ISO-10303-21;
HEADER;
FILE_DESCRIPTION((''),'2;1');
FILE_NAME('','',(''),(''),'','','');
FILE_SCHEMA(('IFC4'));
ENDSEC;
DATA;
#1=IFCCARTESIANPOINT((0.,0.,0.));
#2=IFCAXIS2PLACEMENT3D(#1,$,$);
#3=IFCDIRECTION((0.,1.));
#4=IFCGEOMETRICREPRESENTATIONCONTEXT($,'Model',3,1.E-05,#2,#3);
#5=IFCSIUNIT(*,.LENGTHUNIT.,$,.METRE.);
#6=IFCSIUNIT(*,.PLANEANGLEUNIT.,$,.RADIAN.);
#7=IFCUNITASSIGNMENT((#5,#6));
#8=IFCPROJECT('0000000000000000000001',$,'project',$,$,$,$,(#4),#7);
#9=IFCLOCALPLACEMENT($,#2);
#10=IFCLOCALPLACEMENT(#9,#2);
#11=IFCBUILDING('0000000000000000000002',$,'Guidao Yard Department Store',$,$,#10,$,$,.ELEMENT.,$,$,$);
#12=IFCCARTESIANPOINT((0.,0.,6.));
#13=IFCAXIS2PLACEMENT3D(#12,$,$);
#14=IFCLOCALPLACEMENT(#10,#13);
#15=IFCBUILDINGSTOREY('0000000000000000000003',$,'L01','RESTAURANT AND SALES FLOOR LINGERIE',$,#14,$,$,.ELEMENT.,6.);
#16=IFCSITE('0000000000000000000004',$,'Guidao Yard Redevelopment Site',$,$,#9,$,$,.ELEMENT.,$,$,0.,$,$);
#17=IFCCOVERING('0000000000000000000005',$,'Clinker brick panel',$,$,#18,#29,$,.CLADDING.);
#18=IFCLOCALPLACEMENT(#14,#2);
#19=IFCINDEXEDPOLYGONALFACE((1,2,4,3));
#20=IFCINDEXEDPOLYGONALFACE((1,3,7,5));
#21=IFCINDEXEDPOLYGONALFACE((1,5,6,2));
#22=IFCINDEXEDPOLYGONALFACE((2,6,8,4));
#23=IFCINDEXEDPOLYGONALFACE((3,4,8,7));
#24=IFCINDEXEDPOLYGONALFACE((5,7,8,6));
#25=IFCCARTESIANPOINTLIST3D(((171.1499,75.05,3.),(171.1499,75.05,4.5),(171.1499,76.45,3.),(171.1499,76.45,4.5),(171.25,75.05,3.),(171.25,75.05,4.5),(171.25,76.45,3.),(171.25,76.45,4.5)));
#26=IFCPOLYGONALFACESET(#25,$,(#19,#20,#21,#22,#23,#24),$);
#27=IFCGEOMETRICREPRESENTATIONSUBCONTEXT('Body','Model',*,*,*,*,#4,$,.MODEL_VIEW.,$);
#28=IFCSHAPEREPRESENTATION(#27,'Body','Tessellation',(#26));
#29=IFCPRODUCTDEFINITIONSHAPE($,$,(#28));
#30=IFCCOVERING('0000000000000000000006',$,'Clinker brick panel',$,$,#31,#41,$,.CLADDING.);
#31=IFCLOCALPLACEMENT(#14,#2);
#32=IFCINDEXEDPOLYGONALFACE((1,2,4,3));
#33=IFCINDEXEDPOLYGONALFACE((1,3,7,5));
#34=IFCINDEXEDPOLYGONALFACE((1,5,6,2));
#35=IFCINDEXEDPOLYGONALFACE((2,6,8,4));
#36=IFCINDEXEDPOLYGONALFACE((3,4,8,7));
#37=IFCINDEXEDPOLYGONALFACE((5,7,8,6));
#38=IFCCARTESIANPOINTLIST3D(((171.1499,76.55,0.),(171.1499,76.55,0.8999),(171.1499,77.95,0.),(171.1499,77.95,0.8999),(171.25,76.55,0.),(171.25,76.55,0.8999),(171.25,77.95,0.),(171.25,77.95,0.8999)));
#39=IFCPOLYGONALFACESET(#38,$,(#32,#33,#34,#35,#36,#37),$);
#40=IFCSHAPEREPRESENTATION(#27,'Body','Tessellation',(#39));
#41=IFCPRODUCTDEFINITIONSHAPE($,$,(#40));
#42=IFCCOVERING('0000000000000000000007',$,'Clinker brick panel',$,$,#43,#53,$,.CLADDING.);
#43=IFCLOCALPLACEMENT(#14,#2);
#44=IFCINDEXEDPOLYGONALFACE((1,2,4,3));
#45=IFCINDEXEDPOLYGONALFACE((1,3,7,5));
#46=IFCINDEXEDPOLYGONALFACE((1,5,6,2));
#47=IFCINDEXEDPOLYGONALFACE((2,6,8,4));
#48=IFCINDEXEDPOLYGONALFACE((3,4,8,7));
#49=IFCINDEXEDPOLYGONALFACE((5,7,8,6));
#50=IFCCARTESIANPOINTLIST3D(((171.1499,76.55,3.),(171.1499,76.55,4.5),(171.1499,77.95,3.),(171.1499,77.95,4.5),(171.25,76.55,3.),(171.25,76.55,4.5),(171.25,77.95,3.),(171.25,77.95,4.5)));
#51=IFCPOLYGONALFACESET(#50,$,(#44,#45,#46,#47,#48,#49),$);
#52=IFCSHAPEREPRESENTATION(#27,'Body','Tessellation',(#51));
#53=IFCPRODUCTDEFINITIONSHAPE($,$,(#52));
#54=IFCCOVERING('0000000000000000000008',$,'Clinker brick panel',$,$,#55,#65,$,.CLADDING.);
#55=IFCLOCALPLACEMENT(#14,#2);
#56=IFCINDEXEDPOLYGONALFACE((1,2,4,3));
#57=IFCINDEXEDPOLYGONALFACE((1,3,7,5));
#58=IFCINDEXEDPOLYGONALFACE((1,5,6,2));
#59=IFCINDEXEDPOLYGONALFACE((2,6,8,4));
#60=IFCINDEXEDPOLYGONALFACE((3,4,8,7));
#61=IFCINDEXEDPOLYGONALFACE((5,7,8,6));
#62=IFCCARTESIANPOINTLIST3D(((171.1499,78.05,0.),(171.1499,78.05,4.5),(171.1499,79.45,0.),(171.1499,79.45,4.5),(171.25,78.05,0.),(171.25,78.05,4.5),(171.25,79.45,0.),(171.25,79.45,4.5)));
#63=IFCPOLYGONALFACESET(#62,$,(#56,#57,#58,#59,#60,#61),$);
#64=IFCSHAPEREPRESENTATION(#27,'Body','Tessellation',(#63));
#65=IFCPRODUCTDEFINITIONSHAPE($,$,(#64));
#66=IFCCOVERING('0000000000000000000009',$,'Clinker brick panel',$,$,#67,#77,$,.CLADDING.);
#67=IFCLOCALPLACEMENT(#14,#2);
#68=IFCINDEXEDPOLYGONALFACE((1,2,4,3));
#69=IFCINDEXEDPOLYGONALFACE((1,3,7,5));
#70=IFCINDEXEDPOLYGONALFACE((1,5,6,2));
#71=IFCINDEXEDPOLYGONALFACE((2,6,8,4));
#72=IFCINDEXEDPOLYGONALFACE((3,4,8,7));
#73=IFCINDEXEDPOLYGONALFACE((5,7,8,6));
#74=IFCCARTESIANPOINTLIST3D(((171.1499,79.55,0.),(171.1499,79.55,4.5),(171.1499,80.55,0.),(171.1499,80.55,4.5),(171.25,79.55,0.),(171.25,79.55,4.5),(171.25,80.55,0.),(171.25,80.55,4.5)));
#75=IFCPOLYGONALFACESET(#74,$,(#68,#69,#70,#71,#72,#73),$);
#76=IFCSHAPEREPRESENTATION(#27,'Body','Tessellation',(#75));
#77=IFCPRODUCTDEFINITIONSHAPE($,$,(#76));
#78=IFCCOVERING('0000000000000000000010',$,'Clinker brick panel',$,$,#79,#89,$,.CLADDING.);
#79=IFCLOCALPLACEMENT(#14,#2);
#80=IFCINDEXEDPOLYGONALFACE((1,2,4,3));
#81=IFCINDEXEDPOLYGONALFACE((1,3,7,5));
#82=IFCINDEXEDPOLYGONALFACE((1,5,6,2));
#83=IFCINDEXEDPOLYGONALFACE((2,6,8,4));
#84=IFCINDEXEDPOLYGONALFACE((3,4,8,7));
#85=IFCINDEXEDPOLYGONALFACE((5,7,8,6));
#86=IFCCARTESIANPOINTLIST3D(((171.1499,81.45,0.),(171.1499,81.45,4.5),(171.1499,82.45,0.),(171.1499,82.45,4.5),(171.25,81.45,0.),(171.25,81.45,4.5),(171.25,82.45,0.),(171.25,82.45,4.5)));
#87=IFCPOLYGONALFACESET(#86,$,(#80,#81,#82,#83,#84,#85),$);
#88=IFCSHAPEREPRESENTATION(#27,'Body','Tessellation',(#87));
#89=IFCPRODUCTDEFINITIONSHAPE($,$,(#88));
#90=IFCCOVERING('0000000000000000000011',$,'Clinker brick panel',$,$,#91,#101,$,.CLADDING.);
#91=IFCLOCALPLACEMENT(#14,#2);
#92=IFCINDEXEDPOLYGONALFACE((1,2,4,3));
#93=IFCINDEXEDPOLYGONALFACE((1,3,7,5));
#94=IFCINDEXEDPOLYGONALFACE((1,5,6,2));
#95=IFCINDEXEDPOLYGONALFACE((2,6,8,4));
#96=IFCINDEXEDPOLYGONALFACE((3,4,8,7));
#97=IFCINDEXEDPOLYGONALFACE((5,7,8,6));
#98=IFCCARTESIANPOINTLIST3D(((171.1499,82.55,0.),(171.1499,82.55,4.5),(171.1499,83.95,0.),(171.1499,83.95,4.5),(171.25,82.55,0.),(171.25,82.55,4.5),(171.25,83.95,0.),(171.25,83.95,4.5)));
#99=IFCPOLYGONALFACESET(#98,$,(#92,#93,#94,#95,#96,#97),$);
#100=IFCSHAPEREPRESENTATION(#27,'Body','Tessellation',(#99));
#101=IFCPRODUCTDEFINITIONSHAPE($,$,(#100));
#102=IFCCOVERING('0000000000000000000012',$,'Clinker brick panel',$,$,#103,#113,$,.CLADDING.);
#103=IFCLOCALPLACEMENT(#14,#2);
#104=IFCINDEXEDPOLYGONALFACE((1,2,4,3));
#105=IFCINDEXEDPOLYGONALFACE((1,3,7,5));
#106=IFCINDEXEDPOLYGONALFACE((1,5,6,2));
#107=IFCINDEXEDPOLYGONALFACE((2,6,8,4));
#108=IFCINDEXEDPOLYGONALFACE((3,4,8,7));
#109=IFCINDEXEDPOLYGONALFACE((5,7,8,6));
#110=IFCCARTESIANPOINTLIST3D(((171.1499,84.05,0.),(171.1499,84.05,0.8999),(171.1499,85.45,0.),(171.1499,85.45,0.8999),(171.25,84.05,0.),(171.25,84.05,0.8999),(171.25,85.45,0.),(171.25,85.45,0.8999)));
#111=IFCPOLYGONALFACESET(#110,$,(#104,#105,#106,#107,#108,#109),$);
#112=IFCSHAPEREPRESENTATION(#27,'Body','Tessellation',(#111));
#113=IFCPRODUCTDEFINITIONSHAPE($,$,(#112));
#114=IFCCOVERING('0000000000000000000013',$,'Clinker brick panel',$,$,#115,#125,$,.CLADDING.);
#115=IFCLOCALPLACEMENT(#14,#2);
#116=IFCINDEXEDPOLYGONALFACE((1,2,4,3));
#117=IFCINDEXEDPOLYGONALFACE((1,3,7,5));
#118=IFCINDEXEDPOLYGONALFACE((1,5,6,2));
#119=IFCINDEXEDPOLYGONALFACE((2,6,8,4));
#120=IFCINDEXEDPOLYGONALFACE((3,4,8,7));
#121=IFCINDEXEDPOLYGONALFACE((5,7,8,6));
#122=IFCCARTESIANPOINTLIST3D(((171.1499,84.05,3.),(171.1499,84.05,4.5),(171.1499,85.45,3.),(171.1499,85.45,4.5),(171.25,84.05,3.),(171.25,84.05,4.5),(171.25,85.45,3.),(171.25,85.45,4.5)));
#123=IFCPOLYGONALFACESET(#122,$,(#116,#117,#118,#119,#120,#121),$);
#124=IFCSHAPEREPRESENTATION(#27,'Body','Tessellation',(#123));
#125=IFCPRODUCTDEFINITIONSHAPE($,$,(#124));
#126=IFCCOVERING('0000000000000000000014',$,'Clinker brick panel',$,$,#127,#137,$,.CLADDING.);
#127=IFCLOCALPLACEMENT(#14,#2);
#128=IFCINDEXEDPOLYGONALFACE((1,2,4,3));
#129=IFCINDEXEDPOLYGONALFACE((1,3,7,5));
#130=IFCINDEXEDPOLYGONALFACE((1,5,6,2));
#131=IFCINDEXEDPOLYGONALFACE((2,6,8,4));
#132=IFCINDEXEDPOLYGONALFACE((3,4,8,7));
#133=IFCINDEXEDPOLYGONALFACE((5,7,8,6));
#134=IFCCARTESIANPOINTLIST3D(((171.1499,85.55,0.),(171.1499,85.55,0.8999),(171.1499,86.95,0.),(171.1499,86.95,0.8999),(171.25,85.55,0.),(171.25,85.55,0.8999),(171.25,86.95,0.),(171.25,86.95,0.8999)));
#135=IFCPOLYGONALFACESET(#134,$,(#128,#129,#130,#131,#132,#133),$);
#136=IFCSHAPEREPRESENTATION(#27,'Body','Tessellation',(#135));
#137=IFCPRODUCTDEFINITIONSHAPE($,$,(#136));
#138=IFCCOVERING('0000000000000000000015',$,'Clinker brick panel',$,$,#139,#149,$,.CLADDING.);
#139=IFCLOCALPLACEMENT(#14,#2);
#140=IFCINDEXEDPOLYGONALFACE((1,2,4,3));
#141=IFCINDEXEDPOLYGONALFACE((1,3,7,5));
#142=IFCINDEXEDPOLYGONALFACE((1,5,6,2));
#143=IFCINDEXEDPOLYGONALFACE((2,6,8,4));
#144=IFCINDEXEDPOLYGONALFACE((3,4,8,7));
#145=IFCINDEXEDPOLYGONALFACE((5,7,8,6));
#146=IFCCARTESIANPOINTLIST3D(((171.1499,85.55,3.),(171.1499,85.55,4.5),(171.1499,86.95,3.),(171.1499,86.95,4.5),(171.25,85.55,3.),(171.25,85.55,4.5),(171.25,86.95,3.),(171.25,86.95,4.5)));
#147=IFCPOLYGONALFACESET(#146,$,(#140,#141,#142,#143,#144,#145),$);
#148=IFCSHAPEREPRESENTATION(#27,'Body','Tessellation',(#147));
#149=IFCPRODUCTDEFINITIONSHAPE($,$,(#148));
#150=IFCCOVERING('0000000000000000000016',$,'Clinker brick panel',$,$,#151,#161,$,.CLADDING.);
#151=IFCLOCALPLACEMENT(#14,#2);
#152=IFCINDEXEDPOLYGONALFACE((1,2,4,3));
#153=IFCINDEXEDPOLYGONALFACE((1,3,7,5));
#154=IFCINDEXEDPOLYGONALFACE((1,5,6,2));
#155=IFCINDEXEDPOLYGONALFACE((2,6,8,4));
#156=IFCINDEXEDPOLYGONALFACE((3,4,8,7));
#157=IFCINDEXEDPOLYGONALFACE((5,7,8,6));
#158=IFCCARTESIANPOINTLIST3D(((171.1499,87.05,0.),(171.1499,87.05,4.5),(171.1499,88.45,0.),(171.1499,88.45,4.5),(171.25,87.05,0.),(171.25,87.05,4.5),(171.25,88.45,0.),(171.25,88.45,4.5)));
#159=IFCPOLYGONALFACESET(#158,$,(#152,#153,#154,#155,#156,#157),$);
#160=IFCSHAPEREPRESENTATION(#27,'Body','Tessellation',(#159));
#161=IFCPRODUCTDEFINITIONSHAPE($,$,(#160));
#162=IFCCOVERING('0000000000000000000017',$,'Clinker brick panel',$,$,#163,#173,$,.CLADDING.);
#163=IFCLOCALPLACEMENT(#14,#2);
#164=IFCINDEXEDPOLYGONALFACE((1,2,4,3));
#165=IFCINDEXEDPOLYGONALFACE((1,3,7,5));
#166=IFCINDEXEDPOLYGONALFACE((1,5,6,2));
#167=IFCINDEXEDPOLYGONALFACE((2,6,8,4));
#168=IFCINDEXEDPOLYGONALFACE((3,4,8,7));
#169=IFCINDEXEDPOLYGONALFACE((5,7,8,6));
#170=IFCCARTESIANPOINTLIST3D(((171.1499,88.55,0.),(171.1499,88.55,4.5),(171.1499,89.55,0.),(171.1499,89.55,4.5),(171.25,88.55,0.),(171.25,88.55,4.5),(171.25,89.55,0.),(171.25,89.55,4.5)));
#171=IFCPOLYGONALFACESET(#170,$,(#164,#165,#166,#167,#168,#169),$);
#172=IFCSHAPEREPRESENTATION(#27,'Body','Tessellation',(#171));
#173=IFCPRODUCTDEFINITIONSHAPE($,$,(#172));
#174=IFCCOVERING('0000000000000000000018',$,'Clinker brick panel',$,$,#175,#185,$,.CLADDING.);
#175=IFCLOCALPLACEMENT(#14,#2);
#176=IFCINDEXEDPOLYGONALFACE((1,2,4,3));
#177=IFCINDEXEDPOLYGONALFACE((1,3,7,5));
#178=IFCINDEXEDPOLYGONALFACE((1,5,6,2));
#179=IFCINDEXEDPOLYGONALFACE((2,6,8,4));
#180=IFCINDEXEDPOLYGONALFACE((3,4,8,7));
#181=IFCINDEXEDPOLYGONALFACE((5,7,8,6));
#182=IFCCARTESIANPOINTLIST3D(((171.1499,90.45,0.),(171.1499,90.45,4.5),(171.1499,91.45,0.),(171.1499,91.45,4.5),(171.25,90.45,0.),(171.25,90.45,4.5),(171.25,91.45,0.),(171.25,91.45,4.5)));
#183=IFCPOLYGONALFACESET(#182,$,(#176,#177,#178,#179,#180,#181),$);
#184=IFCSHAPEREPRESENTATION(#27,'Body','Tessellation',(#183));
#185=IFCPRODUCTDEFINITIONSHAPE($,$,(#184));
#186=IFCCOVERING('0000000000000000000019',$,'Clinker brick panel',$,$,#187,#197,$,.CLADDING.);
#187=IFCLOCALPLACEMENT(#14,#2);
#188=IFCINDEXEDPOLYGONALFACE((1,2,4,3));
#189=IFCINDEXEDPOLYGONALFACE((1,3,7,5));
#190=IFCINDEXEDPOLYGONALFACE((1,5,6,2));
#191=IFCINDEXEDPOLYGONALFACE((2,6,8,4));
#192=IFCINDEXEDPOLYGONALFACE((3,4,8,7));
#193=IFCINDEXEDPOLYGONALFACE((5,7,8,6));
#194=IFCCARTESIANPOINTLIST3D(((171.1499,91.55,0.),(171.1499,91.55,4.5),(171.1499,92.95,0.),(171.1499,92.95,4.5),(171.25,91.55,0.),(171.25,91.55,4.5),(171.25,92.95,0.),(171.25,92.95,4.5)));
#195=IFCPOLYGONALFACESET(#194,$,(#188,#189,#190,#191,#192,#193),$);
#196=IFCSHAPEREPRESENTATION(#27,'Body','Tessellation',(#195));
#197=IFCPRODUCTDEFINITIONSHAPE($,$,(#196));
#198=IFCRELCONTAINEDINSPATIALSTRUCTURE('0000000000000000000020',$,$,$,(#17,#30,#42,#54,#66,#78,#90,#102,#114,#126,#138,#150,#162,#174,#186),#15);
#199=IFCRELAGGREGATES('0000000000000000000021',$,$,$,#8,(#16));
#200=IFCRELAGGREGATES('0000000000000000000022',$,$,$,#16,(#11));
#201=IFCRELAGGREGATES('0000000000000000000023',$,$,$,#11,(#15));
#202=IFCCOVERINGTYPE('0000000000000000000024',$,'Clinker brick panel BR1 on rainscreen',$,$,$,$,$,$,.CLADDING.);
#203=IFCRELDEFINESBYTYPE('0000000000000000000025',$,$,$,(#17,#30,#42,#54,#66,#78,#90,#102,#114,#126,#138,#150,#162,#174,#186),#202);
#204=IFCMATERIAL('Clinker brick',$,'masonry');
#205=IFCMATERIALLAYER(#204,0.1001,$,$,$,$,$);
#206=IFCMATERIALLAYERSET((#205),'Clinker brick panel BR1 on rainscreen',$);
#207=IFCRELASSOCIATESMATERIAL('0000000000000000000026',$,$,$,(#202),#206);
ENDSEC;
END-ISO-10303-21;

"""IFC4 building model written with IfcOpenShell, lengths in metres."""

from ifc_helpers import new_model, si_unit, direction, frame, origin, origin_2d, place, context, subcontext, project, spatial, rectangle, extrude, material, layer, layer_set, type_object, element, save


model = new_model("IFC4")

# Units and contexts
model_context = context("Model", 3, precision=1e-05, world=origin(), true_north=direction((0.0, 1.0)))
body_context = subcontext(model_context, "Body", "Model", "MODEL_VIEW")
ifc_project = project(units=[si_unit("LENGTHUNIT", "METRE"), si_unit("PLANEANGLEUNIT", "RADIAN")], contexts=[model_context])

# Site, building, storey
site_placement = place(None, origin())
site = spatial("IfcSite", under=ifc_project, at=site_placement, Name="Guidao Yard Redevelopment Site", CompositionType="ELEMENT", RefElevation=0.0)
building_placement = place(site_placement, origin())
building = spatial("IfcBuilding", under=site, at=building_placement, Name="Guidao Yard Department Store", CompositionType="ELEMENT")
storey_placement = place(building_placement, frame((0.0, 0.0, 6.0)))
storey = spatial("IfcBuildingStorey", under=building, at=storey_placement, Name="L01", Description="RESTAURANT AND SALES FLOOR LINGERIE", CompositionType="ELEMENT", Elevation=6.0)

# Coverings
ifc_material_1 = material(Name="Clinker brick", Category="masonry")
ifc_layer_1 = layer(ifc_material_1, 0.1001)
ifc_layer_set_1 = layer_set([ifc_layer_1], Name="Clinker brick panel BR1 on rainscreen")
covering_type = type_object("IfcCoveringType", Name="Clinker brick panel BR1 on rainscreen", PredefinedType="CLADDING", material=ifc_layer_set_1)
covering_1_placement = place(storey_placement, frame((171.2, 75.75, 3.0), z_axis=(0.0, 0.0, 1.0), x_axis=(0.0, -1.0, 0.0)))
element("IfcCovering", 1, at=covering_1_placement, inside=storey, type_object=covering_type, Name="Clinker brick panel", PredefinedType="CLADDING", context=body_context, shape_type="SweptSolid", body=[
    extrude(rectangle(XDim=1.3999, YDim=0.1001, at=origin_2d()), origin(), (0.0, 0.0, 1.0), 1.5),
])
covering_2_placement = place(storey_placement, frame((171.2, 77.25, 0.0), z_axis=(0.0, 0.0, 1.0), x_axis=(0.0, -1.0, 0.0)))
element("IfcCovering", 2, at=covering_2_placement, inside=storey, type_object=covering_type, Name="Clinker brick panel", PredefinedType="CLADDING", context=body_context, shape_type="SweptSolid", body=[
    extrude(rectangle(XDim=1.3999, YDim=0.1001, at=origin_2d()), origin(), (0.0, 0.0, 1.0), 0.8999),
])
covering_3_placement = place(storey_placement, frame((171.2, 77.25, 3.0), z_axis=(0.0, 0.0, 1.0), x_axis=(0.0, -1.0, 0.0)))
element("IfcCovering", 3, at=covering_3_placement, inside=storey, type_object=covering_type, Name="Clinker brick panel", PredefinedType="CLADDING", context=body_context, shape_type="SweptSolid", body=[
    extrude(rectangle(XDim=1.3999, YDim=0.1001, at=origin_2d()), origin(), (0.0, 0.0, 1.0), 1.5),
])
covering_4_placement = place(storey_placement, frame((171.2, 78.75, 0.0), z_axis=(0.0, 0.0, 1.0), x_axis=(0.0, -1.0, 0.0)))
element("IfcCovering", 4, at=covering_4_placement, inside=storey, type_object=covering_type, Name="Clinker brick panel", PredefinedType="CLADDING", context=body_context, shape_type="SweptSolid", body=[
    extrude(rectangle(XDim=1.3999, YDim=0.1001, at=origin_2d()), origin(), (0.0, 0.0, 1.0), 4.5),
])
for number, where, z_axis, x_axis, name in (
    (5, (171.2, 80.05, 0.0), (0.0, 0.0, 1.0), (0.0, -1.0, 0.0), "Clinker brick panel"),
    (6, (171.2, 81.95, 0.0), (0.0, 0.0, 1.0), (0.0, -1.0, 0.0), "Clinker brick panel"),
):
    element("IfcCovering", number, at=place(storey_placement, frame(where, z_axis=z_axis, x_axis=x_axis)), inside=storey, type_object=covering_type, Name=name, PredefinedType="CLADDING", context=body_context, shape_type="SweptSolid", body=[
        extrude(rectangle(XDim=1.0, YDim=0.1001, at=origin_2d()), origin(), (0.0, 0.0, 1.0), 4.5),
    ])
covering_5_placement = place(storey_placement, frame((171.2, 83.25, 0.0), z_axis=(0.0, 0.0, 1.0), x_axis=(0.0, -1.0, 0.0)))
element("IfcCovering", 7, at=covering_5_placement, inside=storey, type_object=covering_type, Name="Clinker brick panel", PredefinedType="CLADDING", context=body_context, shape_type="SweptSolid", body=[
    extrude(rectangle(XDim=1.3999, YDim=0.1001, at=origin_2d()), origin(), (0.0, 0.0, 1.0), 4.5),
])
covering_6_placement = place(storey_placement, frame((171.2, 84.75, 0.0), z_axis=(0.0, 0.0, 1.0), x_axis=(0.0, -1.0, 0.0)))
element("IfcCovering", 8, at=covering_6_placement, inside=storey, type_object=covering_type, Name="Clinker brick panel", PredefinedType="CLADDING", context=body_context, shape_type="SweptSolid", body=[
    extrude(rectangle(XDim=1.3999, YDim=0.1001, at=origin_2d()), origin(), (0.0, 0.0, 1.0), 0.8999),
])
covering_7_placement = place(storey_placement, frame((171.2, 84.75, 3.0), z_axis=(0.0, 0.0, 1.0), x_axis=(0.0, -1.0, 0.0)))
element("IfcCovering", 9, at=covering_7_placement, inside=storey, type_object=covering_type, Name="Clinker brick panel", PredefinedType="CLADDING", context=body_context, shape_type="SweptSolid", body=[
    extrude(rectangle(XDim=1.3999, YDim=0.1001, at=origin_2d()), origin(), (0.0, 0.0, 1.0), 1.5),
])
covering_8_placement = place(storey_placement, frame((171.2, 86.25, 0.0), z_axis=(0.0, 0.0, 1.0), x_axis=(0.0, -1.0, 0.0)))
element("IfcCovering", 10, at=covering_8_placement, inside=storey, type_object=covering_type, Name="Clinker brick panel", PredefinedType="CLADDING", context=body_context, shape_type="SweptSolid", body=[
    extrude(rectangle(XDim=1.3999, YDim=0.1001, at=origin_2d()), origin(), (0.0, 0.0, 1.0), 0.8999),
])
covering_9_placement = place(storey_placement, frame((171.2, 86.25, 3.0), z_axis=(0.0, 0.0, 1.0), x_axis=(0.0, -1.0, 0.0)))
element("IfcCovering", 11, at=covering_9_placement, inside=storey, type_object=covering_type, Name="Clinker brick panel", PredefinedType="CLADDING", context=body_context, shape_type="SweptSolid", body=[
    extrude(rectangle(XDim=1.3999, YDim=0.1001, at=origin_2d()), origin(), (0.0, 0.0, 1.0), 1.5),
])
covering_10_placement = place(storey_placement, frame((171.2, 87.75, 0.0), z_axis=(0.0, 0.0, 1.0), x_axis=(0.0, -1.0, 0.0)))
element("IfcCovering", 12, at=covering_10_placement, inside=storey, type_object=covering_type, Name="Clinker brick panel", PredefinedType="CLADDING", context=body_context, shape_type="SweptSolid", body=[
    extrude(rectangle(XDim=1.3999, YDim=0.1001, at=origin_2d()), origin(), (0.0, 0.0, 1.0), 4.5),
])
for number, where, z_axis, x_axis, name in (
    (13, (171.2, 89.05, 0.0), (0.0, 0.0, 1.0), (0.0, -1.0, 0.0), "Clinker brick panel"),
    (14, (171.2, 90.95, 0.0), (0.0, 0.0, 1.0), (0.0, -1.0, 0.0), "Clinker brick panel"),
):
    element("IfcCovering", number, at=place(storey_placement, frame(where, z_axis=z_axis, x_axis=x_axis)), inside=storey, type_object=covering_type, Name=name, PredefinedType="CLADDING", context=body_context, shape_type="SweptSolid", body=[
        extrude(rectangle(XDim=1.0, YDim=0.1001, at=origin_2d()), origin(), (0.0, 0.0, 1.0), 4.5),
    ])
covering_11_placement = place(storey_placement, frame((171.2, 92.25, 0.0), z_axis=(0.0, 0.0, 1.0), x_axis=(0.0, -1.0, 0.0)))
element("IfcCovering", 15, at=covering_11_placement, inside=storey, type_object=covering_type, Name="Clinker brick panel", PredefinedType="CLADDING", context=body_context, shape_type="SweptSolid", body=[
    extrude(rectangle(XDim=1.3999, YDim=0.1001, at=origin_2d()), origin(), (0.0, 0.0, 1.0), 4.5),
])

save(model, "model.ifc")
